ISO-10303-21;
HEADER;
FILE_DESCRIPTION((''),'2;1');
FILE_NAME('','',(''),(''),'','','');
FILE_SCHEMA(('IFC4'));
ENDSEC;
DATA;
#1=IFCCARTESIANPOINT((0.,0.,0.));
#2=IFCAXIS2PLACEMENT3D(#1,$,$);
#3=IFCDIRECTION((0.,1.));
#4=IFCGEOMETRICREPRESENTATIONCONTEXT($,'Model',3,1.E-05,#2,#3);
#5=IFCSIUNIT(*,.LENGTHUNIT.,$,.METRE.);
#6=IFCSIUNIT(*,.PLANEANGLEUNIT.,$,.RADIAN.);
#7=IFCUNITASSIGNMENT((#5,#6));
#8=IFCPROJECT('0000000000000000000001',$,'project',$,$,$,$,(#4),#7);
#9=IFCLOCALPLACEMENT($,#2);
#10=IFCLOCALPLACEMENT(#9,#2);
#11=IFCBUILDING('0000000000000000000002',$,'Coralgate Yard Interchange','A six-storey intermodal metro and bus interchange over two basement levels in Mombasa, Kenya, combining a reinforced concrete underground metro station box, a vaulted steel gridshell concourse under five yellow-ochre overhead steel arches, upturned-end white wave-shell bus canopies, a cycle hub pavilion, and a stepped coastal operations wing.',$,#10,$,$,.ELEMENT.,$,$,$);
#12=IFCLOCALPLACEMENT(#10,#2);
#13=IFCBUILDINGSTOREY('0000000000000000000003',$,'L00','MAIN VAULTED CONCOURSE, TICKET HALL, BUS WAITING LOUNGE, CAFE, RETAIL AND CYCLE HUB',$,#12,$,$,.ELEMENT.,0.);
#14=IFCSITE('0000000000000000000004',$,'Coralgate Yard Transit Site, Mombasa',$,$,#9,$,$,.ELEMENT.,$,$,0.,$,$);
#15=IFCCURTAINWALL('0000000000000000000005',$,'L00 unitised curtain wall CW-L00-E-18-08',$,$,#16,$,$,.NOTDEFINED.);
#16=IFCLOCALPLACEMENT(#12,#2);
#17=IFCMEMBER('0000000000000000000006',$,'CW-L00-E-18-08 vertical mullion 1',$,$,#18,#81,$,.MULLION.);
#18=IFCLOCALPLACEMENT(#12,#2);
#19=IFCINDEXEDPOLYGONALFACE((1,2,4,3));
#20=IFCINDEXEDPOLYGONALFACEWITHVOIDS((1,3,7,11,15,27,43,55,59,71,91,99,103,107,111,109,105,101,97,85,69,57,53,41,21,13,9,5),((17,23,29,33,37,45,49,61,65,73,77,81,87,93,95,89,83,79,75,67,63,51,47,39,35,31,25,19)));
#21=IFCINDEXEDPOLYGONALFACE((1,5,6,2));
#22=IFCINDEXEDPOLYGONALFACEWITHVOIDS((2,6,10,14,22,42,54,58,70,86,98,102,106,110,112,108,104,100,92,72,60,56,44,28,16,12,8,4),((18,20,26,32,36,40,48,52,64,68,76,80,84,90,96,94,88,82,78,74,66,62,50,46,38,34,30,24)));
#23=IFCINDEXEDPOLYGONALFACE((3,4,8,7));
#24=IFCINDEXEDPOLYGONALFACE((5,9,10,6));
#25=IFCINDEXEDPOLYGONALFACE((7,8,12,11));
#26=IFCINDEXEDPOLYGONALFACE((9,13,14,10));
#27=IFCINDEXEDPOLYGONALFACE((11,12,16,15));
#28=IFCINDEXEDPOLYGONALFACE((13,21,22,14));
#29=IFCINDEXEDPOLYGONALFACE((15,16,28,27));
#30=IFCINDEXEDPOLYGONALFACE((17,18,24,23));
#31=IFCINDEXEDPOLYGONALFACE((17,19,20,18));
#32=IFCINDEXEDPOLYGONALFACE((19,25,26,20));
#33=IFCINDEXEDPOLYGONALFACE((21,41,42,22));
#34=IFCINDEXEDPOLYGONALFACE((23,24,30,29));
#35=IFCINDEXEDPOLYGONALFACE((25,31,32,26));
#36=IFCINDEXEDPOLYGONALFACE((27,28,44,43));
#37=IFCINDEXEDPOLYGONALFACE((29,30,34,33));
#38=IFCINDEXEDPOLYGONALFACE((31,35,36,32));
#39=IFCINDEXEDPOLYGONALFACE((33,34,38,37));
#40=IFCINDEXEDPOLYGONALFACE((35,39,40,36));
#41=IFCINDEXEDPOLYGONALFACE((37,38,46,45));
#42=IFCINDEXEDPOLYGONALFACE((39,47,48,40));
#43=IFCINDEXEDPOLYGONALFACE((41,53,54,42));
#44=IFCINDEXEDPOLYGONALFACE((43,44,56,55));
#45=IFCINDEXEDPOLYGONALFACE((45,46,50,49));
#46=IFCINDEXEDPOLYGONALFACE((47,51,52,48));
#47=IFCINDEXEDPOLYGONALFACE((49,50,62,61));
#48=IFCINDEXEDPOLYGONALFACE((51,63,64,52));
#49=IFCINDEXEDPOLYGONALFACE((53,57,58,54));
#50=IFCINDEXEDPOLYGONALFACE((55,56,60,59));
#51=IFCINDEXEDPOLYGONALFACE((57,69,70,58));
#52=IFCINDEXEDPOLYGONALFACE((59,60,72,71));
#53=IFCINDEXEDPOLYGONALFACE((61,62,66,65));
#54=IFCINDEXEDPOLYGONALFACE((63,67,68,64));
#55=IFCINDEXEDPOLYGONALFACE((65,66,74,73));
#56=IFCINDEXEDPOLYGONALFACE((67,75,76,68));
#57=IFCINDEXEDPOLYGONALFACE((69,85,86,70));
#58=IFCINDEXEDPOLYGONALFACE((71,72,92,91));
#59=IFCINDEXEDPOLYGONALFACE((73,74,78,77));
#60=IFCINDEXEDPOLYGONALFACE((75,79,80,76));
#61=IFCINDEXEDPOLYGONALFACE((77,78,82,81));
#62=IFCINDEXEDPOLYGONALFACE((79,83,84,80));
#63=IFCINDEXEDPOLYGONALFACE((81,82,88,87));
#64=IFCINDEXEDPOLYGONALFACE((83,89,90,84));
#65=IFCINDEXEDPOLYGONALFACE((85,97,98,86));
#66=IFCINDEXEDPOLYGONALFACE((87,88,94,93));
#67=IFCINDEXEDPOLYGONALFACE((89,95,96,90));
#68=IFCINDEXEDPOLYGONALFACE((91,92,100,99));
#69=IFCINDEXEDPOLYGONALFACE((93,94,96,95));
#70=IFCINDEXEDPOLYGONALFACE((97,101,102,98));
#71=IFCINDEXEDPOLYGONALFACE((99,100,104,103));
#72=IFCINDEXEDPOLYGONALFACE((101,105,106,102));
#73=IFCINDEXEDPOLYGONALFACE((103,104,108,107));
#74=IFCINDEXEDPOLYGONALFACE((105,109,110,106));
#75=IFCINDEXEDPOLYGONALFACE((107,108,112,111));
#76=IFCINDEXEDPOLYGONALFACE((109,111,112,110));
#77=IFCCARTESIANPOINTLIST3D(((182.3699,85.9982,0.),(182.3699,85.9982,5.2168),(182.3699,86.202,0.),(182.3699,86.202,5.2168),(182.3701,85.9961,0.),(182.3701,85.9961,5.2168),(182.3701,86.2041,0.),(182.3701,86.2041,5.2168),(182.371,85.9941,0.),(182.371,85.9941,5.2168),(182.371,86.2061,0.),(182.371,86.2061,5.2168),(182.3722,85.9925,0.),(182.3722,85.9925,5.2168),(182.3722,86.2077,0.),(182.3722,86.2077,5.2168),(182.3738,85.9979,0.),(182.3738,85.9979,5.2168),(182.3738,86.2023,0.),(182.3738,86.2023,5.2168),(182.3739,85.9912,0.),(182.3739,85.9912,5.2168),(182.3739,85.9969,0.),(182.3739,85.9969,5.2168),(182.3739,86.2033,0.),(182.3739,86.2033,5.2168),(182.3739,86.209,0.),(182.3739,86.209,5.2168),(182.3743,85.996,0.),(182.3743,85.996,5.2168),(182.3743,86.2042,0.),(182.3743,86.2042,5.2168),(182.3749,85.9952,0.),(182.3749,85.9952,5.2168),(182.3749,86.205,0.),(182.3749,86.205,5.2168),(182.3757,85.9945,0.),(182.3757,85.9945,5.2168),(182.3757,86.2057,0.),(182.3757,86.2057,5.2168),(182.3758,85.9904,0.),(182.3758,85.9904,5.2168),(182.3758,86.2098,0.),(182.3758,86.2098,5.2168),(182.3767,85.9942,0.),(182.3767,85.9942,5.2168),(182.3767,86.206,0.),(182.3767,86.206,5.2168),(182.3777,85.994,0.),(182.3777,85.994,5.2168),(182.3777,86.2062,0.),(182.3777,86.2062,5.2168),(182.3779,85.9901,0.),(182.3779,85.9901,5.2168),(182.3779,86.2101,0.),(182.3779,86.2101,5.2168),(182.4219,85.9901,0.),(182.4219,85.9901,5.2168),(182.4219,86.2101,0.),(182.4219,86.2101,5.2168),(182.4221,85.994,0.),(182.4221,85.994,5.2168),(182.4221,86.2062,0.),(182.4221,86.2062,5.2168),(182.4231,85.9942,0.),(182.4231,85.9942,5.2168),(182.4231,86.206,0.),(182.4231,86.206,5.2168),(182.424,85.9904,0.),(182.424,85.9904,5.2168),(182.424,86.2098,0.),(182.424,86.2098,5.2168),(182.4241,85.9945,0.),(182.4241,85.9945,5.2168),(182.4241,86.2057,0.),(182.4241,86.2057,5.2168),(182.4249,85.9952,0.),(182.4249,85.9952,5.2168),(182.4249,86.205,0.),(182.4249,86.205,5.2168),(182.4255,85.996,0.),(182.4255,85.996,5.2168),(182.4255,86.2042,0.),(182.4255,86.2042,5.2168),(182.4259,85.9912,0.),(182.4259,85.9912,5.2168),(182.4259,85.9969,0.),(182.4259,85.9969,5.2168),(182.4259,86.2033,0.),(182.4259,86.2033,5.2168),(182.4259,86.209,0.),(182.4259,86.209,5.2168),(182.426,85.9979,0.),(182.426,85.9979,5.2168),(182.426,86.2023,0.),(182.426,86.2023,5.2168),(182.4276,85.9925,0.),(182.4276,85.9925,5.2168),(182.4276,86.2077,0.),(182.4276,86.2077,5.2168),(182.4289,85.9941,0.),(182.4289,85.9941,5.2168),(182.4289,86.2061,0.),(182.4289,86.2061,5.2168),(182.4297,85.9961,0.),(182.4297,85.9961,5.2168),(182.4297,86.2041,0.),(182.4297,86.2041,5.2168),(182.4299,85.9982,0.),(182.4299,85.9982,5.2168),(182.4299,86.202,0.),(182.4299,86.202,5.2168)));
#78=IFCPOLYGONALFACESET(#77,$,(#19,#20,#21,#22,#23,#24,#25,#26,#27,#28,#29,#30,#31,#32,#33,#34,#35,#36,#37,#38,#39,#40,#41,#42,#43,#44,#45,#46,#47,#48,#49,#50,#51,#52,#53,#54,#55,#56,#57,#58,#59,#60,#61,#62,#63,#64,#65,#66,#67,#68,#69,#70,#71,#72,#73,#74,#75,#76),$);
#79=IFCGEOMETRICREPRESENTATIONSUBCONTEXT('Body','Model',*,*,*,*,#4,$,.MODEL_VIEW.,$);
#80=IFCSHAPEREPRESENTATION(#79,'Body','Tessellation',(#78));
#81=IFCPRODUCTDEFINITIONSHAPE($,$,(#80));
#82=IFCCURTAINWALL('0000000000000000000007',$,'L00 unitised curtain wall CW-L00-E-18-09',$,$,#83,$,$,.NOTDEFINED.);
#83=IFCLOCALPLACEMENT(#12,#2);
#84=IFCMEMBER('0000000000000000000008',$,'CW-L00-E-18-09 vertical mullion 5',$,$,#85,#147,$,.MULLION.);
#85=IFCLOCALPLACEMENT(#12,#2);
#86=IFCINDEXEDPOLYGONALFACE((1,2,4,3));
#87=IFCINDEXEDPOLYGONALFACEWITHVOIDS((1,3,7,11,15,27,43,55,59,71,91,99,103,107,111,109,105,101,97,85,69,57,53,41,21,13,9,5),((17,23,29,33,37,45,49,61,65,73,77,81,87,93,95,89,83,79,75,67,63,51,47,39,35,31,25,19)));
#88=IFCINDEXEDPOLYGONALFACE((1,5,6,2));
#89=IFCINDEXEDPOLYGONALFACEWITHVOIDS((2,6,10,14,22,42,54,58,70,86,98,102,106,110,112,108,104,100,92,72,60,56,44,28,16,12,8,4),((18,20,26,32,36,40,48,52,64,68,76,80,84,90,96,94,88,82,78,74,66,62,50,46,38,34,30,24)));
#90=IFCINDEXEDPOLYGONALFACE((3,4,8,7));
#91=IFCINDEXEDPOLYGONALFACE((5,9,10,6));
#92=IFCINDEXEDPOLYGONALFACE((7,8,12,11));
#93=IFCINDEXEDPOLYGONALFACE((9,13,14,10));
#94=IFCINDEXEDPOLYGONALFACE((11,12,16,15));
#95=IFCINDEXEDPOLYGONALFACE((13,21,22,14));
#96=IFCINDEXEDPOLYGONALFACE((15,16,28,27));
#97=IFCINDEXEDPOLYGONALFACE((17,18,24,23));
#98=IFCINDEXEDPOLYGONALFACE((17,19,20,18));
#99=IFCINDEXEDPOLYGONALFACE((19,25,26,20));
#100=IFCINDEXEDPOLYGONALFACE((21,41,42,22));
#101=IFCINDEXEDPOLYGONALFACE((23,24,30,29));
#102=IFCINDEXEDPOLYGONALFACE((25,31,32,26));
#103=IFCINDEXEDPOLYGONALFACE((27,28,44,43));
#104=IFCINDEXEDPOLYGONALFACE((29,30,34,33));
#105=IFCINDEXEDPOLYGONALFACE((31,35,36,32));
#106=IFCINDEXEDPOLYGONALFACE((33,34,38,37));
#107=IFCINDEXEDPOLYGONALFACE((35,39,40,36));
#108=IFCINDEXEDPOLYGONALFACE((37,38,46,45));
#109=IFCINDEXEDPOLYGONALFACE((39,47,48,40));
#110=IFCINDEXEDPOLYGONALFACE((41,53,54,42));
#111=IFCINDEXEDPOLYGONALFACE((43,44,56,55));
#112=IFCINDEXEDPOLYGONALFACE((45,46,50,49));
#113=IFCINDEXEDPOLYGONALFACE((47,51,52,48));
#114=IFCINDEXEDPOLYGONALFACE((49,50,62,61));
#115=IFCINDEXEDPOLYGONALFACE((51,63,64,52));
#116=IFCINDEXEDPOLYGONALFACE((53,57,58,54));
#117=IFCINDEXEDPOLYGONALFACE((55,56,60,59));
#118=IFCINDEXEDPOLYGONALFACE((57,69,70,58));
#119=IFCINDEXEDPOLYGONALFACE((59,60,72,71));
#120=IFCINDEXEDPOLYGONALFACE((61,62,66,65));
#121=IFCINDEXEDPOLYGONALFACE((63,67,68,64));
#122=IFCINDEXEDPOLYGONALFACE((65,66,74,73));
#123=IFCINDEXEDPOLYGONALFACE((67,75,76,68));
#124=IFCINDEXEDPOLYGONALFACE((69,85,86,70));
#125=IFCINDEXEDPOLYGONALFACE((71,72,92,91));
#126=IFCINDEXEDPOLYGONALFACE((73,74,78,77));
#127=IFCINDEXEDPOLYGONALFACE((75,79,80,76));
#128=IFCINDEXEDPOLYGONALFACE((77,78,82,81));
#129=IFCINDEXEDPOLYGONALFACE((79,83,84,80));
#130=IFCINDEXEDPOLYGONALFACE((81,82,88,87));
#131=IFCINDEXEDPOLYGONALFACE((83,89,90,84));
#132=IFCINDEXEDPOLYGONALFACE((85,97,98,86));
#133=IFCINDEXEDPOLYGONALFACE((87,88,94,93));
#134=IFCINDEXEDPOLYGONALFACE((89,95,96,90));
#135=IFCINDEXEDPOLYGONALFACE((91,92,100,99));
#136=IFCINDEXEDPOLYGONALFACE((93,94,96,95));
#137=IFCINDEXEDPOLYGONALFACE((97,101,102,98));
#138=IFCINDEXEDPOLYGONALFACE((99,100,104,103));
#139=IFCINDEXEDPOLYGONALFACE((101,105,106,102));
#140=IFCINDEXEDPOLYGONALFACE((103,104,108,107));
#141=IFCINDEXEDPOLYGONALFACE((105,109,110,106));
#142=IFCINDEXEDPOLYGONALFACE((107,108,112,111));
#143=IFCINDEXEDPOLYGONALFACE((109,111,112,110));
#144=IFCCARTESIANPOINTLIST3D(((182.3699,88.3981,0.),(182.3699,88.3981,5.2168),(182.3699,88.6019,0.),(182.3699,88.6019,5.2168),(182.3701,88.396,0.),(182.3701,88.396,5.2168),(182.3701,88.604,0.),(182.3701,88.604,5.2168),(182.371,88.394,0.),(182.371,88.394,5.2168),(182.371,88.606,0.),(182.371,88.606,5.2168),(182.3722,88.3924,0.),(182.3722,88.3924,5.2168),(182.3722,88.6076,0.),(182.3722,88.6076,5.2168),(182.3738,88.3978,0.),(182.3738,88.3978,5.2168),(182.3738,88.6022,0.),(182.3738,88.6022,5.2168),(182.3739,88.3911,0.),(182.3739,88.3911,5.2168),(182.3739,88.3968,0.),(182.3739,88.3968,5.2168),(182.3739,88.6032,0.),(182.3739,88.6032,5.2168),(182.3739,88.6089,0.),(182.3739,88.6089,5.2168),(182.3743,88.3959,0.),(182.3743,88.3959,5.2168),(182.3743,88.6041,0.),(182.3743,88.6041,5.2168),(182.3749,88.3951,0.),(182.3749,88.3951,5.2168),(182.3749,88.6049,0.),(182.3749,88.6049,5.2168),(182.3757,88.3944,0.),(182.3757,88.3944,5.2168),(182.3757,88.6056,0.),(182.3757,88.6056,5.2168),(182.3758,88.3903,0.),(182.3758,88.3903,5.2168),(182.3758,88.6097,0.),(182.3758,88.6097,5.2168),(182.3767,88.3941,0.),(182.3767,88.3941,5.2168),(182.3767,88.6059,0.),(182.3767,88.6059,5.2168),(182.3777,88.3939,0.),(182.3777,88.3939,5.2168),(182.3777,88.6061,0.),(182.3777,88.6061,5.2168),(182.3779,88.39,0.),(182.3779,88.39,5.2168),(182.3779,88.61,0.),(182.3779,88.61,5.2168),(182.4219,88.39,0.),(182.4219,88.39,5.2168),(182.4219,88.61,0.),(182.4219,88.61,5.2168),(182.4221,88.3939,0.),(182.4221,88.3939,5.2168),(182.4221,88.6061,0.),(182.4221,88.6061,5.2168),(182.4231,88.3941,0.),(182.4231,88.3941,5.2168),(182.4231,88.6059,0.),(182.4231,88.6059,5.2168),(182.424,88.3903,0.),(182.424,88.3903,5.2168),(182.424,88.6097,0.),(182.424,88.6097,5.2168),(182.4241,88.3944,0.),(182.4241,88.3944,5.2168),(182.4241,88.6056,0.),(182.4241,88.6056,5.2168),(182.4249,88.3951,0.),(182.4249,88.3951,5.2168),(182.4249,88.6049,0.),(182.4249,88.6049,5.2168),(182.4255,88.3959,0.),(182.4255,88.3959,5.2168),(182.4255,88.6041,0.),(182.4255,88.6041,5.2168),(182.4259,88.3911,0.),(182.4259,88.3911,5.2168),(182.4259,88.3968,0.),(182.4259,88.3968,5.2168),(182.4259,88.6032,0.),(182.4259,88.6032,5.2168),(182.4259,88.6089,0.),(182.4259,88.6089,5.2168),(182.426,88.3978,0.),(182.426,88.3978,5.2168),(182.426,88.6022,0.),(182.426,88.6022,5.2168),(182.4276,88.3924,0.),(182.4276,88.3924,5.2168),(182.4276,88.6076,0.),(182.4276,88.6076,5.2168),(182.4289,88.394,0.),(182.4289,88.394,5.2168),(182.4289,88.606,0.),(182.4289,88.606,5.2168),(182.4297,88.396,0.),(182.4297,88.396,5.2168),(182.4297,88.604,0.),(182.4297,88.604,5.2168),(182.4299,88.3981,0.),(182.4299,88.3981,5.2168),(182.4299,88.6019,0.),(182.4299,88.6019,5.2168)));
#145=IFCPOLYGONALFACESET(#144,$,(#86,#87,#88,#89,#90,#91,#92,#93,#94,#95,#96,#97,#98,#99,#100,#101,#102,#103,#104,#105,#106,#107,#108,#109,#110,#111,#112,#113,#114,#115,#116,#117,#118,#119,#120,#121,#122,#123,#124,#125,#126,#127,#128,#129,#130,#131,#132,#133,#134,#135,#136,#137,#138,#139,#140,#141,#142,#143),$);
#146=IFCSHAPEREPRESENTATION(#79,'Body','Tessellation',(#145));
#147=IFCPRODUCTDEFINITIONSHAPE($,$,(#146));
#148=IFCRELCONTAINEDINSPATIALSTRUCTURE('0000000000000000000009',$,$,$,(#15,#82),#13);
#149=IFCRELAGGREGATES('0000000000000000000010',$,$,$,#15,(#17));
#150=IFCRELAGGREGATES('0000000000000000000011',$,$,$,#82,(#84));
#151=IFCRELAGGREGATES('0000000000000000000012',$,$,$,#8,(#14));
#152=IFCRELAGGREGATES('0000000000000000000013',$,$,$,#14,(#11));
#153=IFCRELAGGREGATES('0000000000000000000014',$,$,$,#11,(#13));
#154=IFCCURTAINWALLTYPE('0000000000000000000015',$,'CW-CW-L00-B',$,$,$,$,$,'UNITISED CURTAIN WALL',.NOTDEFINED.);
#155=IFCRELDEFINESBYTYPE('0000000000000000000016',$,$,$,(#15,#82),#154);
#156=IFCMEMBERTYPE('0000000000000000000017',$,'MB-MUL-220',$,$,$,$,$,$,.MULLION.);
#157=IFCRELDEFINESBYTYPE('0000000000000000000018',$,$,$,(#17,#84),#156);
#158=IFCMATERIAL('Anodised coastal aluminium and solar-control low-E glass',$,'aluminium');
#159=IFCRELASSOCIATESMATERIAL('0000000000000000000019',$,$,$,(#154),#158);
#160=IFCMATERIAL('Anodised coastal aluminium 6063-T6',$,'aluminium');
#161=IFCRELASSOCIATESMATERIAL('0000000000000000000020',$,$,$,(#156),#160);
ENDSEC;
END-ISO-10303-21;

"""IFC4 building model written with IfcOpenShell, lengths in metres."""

from ifc_helpers import new_model, si_unit, direction, frame, origin, origin_2d, place, context, subcontext, project, spatial, hollow_rectangle, extrude, material, material_profile, profile_set, type_object, element, aggregate, save


model = new_model("IFC4")

# Units and contexts
model_context = context("Model", 3, precision=1e-05, world=origin(), true_north=direction((0.0, 1.0)))
body_context = subcontext(model_context, "Body", "Model", "MODEL_VIEW")
ifc_project = project(units=[si_unit("LENGTHUNIT", "METRE"), si_unit("PLANEANGLEUNIT", "RADIAN")], contexts=[model_context])

# Site, building, storey
site_placement = place(None, origin())
site = spatial("IfcSite", under=ifc_project, at=site_placement, Name="Coralgate Yard Transit Site, Mombasa", CompositionType="ELEMENT", RefElevation=0.0)
building_placement = place(site_placement, origin())
building = spatial("IfcBuilding", under=site, at=building_placement, Name="Coralgate Yard Interchange", Description="A six-storey intermodal metro and bus interchange over two basement levels in Mombasa, Kenya, combining a reinforced concrete underground metro station box, a vaulted steel gridshell concourse under five yellow-ochre overhead steel arches, upturned-end white wave-shell bus canopies, a cycle hub pavilion, and a stepped coastal operations wing.", CompositionType="ELEMENT")
storey_placement = place(building_placement, origin())
storey = spatial("IfcBuildingStorey", under=building, at=storey_placement, Name="L00", Description="MAIN VAULTED CONCOURSE, TICKET HALL, BUS WAITING LOUNGE, CAFE, RETAIL AND CYCLE HUB", CompositionType="ELEMENT", Elevation=0.0)

# Curtain wall, member
ifc_material_1 = material(Name="Anodised coastal aluminium and solar-control low-E glass", Category="aluminium")
curtain_wall_type = type_object("IfcCurtainWallType", Name="CW-CW-L00-B", ElementType="UNITISED CURTAIN WALL", PredefinedType="NOTDEFINED", material=ifc_material_1)
curtain_wall_1_placement = place(storey_placement, origin())
curtain_wall_1 = element("IfcCurtainWall", 1, at=curtain_wall_1_placement, inside=storey, type_object=curtain_wall_type, Name="L00 unitised curtain wall CW-L00-E-18-08", PredefinedType="NOTDEFINED")
ifc_material_2 = material(Name="Anodised coastal aluminium 6063-T6", Category="aluminium")
ifc_material_profile_1 = material_profile(ifc_material_2, hollow_rectangle(XDim=0.0601, YDim=0.22, WallThickness=0.0039, InnerFilletRadius=0.0039, OuterFilletRadius=0.0081, at=origin_2d()), Name="ALU 60x220x4")
ifc_profile_set_1 = profile_set([ifc_material_profile_1], Name="Anodised coastal aluminium 6063-T6")
member_type_1 = type_object("IfcMemberType", Name="MB-MUL-220", PredefinedType="MULLION", material=ifc_profile_set_1)
member_1_placement = place(storey_placement, frame((182.3999, 86.1001, 0.0), z_axis=(0.0, 0.0, 1.0), x_axis=(1.0, 0.0, 0.0)))
member_1 = element("IfcMember", 2, at=member_1_placement, type_object=member_type_1, Name="CW-L00-E-18-08 vertical mullion 1", PredefinedType="MULLION", context=body_context, shape_type="SweptSolid", body=[
    extrude(hollow_rectangle(XDim=0.0601, YDim=0.22, WallThickness=0.0039, InnerFilletRadius=0.0039, OuterFilletRadius=0.0081, at=origin_2d()), origin(), (0.0, 0.0, 1.0), 5.2168),
])

# Curtain wall, member
curtain_wall_2_placement = place(storey_placement, origin())
curtain_wall_2 = element("IfcCurtainWall", 3, at=curtain_wall_2_placement, inside=storey, type_object=curtain_wall_type, Name="L00 unitised curtain wall CW-L00-E-18-09", PredefinedType="NOTDEFINED")
member_2_placement = place(storey_placement, frame((182.3999, 88.5, 0.0), z_axis=(0.0, 0.0, 1.0), x_axis=(1.0, 0.0, 0.0)))
member_2 = element("IfcMember", 4, at=member_2_placement, type_object=member_type_1, Name="CW-L00-E-18-09 vertical mullion 5", PredefinedType="MULLION", context=body_context, shape_type="SweptSolid", body=[
    extrude(hollow_rectangle(XDim=0.0601, YDim=0.22, WallThickness=0.0039, InnerFilletRadius=0.0039, OuterFilletRadius=0.0081, at=origin_2d()), origin(), (0.0, 0.0, 1.0), 5.2168),
])

aggregate(curtain_wall_1, [member_1])

aggregate(curtain_wall_2, [member_2])

save(model, "model.ifc")
